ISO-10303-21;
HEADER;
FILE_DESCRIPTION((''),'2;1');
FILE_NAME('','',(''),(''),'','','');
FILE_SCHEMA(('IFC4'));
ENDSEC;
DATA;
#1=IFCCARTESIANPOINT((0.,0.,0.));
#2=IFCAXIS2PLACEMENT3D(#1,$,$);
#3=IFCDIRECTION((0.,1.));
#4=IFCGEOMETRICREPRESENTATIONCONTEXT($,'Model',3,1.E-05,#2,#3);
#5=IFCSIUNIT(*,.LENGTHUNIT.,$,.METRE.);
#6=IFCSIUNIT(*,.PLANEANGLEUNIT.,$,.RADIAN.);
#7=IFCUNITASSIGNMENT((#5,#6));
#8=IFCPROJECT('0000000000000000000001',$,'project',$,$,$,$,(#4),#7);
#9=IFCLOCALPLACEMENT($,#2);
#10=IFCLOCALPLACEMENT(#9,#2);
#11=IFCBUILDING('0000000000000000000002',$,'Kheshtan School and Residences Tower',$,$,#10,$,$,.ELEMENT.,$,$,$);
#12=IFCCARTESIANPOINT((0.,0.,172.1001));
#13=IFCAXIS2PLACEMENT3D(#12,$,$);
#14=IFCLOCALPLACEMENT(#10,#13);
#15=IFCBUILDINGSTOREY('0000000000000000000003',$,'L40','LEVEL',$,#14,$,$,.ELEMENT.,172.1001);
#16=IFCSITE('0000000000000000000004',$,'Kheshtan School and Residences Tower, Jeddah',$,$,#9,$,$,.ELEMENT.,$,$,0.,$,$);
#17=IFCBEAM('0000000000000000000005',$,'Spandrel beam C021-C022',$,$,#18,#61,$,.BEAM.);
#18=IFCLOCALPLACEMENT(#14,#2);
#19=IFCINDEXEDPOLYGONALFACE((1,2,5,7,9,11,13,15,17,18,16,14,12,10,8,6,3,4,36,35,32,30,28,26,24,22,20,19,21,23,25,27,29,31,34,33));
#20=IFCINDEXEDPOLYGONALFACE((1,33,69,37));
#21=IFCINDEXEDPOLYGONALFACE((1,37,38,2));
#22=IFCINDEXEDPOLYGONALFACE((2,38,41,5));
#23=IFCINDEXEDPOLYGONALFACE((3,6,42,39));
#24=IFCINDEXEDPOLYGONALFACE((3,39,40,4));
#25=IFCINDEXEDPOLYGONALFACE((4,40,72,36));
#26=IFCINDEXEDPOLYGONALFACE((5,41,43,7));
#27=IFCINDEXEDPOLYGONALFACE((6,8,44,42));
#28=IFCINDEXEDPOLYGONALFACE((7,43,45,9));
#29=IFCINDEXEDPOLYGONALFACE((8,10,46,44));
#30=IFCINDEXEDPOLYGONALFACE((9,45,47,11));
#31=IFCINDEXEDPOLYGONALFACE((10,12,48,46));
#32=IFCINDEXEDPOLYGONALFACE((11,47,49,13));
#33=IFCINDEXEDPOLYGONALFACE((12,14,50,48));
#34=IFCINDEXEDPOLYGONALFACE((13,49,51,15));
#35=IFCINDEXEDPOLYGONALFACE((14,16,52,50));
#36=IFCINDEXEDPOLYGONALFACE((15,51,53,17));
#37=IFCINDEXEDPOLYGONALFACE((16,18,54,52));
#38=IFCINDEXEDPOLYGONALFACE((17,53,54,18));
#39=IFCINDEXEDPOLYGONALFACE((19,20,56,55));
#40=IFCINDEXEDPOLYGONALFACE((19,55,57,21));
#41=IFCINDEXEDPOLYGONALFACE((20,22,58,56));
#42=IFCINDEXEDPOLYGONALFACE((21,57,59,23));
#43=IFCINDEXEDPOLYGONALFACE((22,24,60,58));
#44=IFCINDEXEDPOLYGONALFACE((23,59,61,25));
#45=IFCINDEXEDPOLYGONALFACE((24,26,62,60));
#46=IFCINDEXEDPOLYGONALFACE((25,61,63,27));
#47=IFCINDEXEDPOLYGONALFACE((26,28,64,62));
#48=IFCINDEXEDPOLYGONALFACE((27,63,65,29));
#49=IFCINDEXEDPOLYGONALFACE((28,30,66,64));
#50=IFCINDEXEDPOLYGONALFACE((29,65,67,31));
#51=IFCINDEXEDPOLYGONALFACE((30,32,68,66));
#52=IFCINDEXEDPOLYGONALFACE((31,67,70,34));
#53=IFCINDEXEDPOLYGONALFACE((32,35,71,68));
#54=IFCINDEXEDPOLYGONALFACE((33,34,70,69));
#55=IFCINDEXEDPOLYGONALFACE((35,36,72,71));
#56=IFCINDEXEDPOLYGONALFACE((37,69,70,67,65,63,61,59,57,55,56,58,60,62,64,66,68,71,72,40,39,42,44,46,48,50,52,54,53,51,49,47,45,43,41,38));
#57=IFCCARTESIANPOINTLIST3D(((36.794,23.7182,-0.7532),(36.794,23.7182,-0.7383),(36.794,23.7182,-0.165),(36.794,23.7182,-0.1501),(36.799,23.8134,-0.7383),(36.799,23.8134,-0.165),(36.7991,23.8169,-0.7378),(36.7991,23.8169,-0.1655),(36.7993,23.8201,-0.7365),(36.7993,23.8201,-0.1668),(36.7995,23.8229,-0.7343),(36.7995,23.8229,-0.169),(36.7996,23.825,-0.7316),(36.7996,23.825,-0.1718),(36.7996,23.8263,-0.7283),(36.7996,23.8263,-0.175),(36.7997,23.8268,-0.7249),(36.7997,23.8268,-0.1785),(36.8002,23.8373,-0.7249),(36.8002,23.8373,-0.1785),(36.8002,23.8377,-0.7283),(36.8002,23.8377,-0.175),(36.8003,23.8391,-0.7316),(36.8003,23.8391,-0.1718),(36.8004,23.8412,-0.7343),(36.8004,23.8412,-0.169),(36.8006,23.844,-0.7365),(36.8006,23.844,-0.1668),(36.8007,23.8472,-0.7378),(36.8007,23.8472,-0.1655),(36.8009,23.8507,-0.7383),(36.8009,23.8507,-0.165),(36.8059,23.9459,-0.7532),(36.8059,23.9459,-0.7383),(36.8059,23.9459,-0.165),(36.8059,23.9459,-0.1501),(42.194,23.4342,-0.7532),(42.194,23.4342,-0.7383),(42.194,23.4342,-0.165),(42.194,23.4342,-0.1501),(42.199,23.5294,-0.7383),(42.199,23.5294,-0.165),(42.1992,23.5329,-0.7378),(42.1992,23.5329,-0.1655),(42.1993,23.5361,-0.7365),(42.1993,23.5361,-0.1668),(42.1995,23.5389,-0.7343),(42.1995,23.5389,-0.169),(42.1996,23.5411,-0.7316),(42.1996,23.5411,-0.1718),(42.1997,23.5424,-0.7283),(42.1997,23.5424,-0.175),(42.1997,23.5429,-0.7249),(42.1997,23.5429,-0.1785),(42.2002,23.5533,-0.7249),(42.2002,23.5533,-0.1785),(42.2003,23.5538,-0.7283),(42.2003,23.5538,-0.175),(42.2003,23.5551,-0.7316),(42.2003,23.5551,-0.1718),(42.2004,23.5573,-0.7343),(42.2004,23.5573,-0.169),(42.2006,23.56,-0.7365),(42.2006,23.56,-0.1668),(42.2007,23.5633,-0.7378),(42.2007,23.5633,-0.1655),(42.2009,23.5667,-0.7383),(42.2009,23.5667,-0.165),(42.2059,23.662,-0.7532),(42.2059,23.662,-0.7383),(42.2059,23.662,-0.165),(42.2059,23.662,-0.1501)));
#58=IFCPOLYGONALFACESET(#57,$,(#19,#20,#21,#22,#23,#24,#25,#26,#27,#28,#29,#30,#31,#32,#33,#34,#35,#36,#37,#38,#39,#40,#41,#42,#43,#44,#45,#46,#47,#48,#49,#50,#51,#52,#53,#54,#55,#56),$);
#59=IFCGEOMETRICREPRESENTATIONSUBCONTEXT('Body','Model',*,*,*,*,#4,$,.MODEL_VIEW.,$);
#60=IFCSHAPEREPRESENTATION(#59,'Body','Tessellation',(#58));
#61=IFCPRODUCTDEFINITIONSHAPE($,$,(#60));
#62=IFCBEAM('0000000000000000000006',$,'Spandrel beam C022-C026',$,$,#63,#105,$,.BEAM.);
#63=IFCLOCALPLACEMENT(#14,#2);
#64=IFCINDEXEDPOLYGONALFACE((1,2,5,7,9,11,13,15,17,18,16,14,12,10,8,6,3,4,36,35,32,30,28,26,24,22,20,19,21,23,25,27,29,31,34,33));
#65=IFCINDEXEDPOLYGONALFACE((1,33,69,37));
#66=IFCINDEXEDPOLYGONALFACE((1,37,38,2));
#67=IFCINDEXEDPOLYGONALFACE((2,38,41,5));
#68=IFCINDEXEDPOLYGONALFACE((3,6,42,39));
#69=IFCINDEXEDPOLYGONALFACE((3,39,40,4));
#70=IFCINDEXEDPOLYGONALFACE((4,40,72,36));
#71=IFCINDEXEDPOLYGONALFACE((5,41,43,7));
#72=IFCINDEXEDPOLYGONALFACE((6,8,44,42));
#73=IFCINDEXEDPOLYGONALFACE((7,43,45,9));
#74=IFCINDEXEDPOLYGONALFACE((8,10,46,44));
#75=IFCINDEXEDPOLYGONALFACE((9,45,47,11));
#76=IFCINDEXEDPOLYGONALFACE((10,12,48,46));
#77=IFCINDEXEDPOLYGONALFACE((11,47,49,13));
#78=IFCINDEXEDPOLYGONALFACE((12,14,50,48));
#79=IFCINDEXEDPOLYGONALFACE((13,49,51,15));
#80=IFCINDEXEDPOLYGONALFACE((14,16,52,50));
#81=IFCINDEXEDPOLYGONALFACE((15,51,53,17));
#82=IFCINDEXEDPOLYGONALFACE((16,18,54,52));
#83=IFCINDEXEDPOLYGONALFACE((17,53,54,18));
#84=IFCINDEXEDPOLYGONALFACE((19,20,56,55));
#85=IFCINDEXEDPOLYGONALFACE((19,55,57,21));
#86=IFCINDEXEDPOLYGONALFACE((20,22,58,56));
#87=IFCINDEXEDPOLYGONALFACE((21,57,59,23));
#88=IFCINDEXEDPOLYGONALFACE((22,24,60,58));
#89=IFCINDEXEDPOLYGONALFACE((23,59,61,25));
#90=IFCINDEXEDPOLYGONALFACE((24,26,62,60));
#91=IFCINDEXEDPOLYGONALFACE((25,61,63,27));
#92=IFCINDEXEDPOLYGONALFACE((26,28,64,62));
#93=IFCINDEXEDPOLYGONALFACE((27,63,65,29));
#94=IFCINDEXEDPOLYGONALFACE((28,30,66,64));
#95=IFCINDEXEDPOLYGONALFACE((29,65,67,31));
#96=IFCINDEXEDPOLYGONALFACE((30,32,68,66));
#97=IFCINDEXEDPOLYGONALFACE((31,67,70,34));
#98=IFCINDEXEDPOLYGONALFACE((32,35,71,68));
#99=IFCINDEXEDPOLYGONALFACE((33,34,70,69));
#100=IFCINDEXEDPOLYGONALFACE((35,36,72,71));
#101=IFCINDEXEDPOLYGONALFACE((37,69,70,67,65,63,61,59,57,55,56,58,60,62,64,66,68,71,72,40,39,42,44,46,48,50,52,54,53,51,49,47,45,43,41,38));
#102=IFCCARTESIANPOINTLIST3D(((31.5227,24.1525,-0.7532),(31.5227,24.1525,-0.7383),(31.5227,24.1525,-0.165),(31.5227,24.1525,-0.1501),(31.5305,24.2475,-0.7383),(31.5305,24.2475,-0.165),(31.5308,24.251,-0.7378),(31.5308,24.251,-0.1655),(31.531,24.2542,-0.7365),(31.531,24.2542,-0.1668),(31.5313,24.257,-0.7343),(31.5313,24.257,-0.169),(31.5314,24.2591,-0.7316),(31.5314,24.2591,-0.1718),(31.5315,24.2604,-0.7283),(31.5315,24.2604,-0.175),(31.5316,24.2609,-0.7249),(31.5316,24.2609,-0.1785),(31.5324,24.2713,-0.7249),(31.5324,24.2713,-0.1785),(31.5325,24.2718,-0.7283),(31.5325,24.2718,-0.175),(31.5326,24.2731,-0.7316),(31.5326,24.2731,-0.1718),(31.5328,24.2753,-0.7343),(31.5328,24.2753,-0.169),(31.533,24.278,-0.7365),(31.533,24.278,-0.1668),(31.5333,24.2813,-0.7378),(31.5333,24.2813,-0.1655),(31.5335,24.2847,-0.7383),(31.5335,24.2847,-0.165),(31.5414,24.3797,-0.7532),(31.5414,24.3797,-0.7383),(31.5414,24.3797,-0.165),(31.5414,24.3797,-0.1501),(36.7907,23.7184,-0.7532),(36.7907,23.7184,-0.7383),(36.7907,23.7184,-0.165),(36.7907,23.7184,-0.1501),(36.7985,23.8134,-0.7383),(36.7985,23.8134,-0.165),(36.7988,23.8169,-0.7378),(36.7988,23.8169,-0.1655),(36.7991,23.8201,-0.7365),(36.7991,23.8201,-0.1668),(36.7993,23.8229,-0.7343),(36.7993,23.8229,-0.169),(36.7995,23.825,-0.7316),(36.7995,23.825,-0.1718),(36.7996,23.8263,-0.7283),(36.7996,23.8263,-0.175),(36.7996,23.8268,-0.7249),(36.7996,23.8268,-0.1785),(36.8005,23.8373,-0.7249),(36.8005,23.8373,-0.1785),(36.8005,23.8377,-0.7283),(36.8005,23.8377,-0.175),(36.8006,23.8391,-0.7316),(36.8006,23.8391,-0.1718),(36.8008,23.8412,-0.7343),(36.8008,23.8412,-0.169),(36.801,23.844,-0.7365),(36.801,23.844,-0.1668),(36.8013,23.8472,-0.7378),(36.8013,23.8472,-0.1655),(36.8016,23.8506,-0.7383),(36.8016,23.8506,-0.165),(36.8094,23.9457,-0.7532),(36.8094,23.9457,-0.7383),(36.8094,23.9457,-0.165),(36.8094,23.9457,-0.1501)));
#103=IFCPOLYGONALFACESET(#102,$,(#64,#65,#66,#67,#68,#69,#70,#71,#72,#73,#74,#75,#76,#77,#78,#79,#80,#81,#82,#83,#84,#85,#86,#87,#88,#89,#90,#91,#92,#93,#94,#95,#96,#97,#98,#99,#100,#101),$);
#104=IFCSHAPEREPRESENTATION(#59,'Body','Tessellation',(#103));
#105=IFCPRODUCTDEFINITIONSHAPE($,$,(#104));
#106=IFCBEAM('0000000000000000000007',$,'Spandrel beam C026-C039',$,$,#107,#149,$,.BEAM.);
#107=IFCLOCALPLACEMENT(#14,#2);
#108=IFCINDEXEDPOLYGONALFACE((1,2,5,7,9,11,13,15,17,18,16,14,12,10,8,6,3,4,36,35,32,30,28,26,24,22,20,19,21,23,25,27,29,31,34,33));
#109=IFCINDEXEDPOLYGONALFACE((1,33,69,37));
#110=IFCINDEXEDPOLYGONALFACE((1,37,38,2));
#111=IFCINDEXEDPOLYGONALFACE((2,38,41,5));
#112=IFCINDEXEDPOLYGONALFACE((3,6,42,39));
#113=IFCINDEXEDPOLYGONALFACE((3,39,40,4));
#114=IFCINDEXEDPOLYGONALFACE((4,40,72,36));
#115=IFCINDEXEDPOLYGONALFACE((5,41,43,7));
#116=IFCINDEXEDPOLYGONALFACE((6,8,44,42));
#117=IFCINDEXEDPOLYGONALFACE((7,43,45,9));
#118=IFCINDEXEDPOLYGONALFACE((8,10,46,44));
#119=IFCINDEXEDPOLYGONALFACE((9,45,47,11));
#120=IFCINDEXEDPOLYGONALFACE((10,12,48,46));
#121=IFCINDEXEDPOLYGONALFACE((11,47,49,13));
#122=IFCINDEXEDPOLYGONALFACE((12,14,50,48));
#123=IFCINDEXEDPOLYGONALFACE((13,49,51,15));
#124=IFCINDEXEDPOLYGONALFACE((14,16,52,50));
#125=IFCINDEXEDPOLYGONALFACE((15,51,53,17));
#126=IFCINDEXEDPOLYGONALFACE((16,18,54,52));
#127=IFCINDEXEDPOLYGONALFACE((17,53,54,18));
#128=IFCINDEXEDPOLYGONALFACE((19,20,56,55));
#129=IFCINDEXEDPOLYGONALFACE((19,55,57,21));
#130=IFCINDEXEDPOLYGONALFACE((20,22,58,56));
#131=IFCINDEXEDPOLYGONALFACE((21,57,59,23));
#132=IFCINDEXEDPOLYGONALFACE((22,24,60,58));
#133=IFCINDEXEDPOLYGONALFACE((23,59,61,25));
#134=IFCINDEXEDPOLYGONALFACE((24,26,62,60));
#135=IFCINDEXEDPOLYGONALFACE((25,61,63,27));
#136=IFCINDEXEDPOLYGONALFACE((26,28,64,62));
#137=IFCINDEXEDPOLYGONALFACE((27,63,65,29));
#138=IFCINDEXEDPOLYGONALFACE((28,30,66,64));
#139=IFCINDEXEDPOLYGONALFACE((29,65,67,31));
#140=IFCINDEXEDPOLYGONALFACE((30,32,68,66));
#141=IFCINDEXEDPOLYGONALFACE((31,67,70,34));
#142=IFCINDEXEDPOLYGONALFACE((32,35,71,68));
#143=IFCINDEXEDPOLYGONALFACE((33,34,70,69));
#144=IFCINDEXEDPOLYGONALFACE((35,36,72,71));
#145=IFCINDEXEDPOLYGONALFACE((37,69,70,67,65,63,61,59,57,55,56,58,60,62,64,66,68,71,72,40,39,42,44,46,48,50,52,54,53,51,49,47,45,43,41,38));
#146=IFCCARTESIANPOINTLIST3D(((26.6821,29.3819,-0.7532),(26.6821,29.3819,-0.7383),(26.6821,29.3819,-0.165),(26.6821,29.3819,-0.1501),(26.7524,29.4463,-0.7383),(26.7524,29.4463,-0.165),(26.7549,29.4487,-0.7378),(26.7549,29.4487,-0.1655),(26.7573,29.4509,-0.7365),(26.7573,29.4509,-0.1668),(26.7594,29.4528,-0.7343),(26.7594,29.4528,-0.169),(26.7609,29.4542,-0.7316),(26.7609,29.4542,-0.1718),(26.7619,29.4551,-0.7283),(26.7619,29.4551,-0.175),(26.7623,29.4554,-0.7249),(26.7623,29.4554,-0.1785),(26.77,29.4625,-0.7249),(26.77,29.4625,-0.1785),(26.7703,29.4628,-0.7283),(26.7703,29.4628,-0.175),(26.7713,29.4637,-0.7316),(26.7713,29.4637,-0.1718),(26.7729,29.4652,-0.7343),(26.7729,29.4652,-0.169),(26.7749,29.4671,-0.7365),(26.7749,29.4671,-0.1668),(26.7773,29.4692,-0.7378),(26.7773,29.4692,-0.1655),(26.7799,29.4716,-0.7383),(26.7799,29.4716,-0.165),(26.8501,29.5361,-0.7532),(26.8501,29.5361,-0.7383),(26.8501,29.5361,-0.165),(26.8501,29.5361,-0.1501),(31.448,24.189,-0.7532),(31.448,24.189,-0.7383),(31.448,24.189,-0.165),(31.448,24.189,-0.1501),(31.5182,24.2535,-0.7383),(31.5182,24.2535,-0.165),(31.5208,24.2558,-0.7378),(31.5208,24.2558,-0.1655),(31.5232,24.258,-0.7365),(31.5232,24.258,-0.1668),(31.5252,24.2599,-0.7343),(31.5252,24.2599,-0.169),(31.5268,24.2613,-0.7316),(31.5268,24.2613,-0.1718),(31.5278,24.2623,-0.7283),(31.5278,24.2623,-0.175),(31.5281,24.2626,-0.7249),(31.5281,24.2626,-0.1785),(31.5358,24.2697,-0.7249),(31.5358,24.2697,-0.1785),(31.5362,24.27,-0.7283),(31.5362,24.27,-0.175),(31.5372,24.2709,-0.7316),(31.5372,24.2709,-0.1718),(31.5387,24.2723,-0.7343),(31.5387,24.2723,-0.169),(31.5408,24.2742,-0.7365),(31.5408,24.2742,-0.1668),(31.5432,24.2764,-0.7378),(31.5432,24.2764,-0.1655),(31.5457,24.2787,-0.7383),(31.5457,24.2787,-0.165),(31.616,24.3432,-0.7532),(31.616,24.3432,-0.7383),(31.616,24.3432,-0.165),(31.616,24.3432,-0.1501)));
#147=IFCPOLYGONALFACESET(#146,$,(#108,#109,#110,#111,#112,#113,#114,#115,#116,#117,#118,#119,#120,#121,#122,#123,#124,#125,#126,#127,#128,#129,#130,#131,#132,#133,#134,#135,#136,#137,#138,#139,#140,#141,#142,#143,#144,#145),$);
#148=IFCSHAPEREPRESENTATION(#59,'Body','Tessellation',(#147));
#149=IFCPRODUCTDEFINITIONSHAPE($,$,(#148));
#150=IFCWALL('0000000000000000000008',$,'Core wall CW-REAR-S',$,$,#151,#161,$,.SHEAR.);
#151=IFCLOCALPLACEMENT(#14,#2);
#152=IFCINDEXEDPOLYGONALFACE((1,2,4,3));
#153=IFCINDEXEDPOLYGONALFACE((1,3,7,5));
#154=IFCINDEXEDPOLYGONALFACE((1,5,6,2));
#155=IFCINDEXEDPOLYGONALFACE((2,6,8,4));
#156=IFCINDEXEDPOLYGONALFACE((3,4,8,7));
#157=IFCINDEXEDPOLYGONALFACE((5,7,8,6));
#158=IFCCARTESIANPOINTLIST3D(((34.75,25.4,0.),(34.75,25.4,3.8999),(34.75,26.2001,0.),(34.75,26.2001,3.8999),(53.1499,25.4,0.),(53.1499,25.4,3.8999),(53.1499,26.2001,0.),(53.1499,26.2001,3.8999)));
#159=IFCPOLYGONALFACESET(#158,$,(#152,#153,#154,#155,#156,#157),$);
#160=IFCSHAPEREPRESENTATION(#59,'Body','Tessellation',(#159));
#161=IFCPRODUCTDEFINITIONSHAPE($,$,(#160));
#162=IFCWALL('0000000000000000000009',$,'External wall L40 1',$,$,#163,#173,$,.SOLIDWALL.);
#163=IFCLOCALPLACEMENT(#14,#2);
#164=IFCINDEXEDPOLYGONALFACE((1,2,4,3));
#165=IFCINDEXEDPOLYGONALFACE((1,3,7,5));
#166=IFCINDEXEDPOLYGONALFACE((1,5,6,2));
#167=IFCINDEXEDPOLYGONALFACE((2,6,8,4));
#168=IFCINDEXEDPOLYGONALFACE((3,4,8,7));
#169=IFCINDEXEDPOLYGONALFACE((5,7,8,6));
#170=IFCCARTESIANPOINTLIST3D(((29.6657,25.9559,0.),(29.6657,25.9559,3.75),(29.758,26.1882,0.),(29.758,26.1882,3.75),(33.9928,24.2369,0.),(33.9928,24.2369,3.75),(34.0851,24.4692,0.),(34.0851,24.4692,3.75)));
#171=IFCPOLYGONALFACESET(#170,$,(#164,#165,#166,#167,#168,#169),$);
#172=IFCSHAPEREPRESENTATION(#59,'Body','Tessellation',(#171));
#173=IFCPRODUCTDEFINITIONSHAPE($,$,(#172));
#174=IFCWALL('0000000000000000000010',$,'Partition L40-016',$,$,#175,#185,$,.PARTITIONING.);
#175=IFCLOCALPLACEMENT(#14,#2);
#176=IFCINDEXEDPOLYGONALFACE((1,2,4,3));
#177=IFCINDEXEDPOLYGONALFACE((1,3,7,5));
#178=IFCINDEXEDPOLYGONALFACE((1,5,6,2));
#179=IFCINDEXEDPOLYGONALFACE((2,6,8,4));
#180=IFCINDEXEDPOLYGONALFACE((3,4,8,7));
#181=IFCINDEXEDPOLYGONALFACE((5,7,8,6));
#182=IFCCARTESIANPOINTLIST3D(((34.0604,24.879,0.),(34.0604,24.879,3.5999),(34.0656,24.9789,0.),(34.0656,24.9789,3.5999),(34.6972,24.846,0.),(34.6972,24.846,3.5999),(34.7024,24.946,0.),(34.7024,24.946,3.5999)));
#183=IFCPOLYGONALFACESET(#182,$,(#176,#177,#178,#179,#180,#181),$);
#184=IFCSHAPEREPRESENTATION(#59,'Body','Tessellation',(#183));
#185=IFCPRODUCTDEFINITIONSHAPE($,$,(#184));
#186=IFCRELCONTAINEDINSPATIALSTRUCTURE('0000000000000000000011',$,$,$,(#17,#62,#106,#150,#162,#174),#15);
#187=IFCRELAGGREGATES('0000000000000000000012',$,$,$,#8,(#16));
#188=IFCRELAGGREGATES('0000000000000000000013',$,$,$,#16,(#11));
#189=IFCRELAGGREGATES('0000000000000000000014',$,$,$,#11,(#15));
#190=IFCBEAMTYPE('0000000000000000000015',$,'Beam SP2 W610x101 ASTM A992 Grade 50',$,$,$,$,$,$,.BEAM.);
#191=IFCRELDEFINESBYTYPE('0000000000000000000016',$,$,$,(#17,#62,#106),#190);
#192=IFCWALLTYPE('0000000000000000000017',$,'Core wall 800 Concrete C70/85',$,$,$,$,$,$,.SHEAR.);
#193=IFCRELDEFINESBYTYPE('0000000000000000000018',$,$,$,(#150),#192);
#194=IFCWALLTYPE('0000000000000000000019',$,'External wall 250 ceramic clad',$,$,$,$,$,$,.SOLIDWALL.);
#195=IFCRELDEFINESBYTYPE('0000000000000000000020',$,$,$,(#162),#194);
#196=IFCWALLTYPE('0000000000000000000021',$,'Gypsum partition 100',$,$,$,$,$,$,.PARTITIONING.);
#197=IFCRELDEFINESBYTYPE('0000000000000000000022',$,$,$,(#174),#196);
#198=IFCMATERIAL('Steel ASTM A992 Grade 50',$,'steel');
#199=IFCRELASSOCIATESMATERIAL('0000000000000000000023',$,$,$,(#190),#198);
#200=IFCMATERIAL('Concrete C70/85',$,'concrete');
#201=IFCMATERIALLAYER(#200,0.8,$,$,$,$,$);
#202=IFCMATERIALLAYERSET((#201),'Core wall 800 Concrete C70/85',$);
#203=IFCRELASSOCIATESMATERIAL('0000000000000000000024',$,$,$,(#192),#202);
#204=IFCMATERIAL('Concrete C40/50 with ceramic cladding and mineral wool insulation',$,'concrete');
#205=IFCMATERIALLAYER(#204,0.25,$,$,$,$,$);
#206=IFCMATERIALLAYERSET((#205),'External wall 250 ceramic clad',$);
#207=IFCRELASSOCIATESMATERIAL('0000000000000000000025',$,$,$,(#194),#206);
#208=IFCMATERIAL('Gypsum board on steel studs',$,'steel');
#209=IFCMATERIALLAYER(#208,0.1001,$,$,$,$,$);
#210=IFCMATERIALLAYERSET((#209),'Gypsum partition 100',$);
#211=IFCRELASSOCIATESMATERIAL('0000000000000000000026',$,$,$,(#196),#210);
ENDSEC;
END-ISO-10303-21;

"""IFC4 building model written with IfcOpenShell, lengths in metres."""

from ifc_helpers import new_model, si_unit, direction, frame, frame_2d, origin, origin_2d, place, context, subcontext, project, spatial, rectangle, i_section, extrude, material, layer, layer_set, material_profile, profile_set, type_object, element, save


model = new_model("IFC4")

# Units and contexts
model_context = context("Model", 3, precision=1e-05, world=origin(), true_north=direction((0.0, 1.0)))
body_context = subcontext(model_context, "Body", "Model", "MODEL_VIEW")
ifc_project = project(units=[si_unit("LENGTHUNIT", "METRE"), si_unit("PLANEANGLEUNIT", "RADIAN")], contexts=[model_context])

# Site, building, storey
site_placement = place(None, origin())
site = spatial("IfcSite", under=ifc_project, at=site_placement, Name="Kheshtan School and Residences Tower, Jeddah", CompositionType="ELEMENT", RefElevation=0.0)
building_placement = place(site_placement, origin())
building = spatial("IfcBuilding", under=site, at=building_placement, Name="Kheshtan School and Residences Tower", CompositionType="ELEMENT")
storey_placement = place(building_placement, frame((0.0, 0.0, 172.1001)))
storey = spatial("IfcBuildingStorey", under=building, at=storey_placement, Name="L40", Description="LEVEL", CompositionType="ELEMENT", Elevation=172.1001)

# Shared definitions
ifc_material_1 = material(Name="Steel ASTM A992 Grade 50", Category="steel")

# Beams
ifc_material_profile_1 = material_profile(ifc_material_1, i_section(OverallWidth=0.228, OverallDepth=0.603, WebThickness=0.0105, FlangeThickness=0.0149, FilletRadius=0.0134, at=origin_2d()), Name="W610x101")
ifc_profile_set_1 = profile_set([ifc_material_profile_1], Name="Steel ASTM A992 Grade 50")
beam_type_1 = type_object("IfcBeamType", Name="Beam SP2 W610x101 ASTM A992 Grade 50", PredefinedType="BEAM", material=ifc_profile_set_1)
beam_1_placement = place(storey_placement, frame((42.2, 23.5481, -0.4517), z_axis=(-0.99862, 0.052509, 0.0), x_axis=(-0.052509, -0.99862, 0.0)))
element("IfcBeam", 1, at=beam_1_placement, inside=storey, type_object=beam_type_1, Name="Spandrel beam C021-C022", PredefinedType="BEAM", context=body_context, shape_type="SweptSolid", body=[
    extrude(i_section(OverallWidth=0.228, OverallDepth=0.603, WebThickness=0.0105, FlangeThickness=0.0149, FilletRadius=0.0134, at=origin_2d()), origin(), (0.0, 0.0, 1.0), 5.4075),
])
beam_2_placement = place(storey_placement, frame((36.8, 23.832, -0.4517), z_axis=(-0.996622, 0.08212, 0.0), x_axis=(-0.08212, -0.996622, 0.0)))
element("IfcBeam", 2, at=beam_2_placement, inside=storey, type_object=beam_type_1, Name="Spandrel beam C022-C026", PredefinedType="BEAM", context=body_context, shape_type="SweptSolid", body=[
    extrude(i_section(OverallWidth=0.228, OverallDepth=0.603, WebThickness=0.0105, FlangeThickness=0.0149, FilletRadius=0.0134, at=origin_2d()), origin(), (0.0, 0.0, 1.0), 5.2859),
])
beam_3_placement = place(storey_placement, frame((31.532, 24.2661, -0.4517), z_axis=(-0.676167, 0.736749, 0.0), x_axis=(-0.736749, -0.676167, 0.0)))
element("IfcBeam", 3, at=beam_3_placement, inside=storey, type_object=beam_type_1, Name="Spandrel beam C026-C039", PredefinedType="BEAM", context=body_context, shape_type="SweptSolid", body=[
    extrude(i_section(OverallWidth=0.228, OverallDepth=0.603, WebThickness=0.0105, FlangeThickness=0.0149, FilletRadius=0.0134, at=origin_2d()), origin(), (0.0, 0.0, 1.0), 7.0483),
])

# Walls
ifc_material_2 = material(Name="Concrete C70/85", Category="concrete")
ifc_layer_1 = layer(ifc_material_2, 0.8)
ifc_layer_set_1 = layer_set([ifc_layer_1], Name="Core wall 800 Concrete C70/85")
wall_type_1 = type_object("IfcWallType", Name="Core wall 800 Concrete C70/85", PredefinedType="SHEAR", material=ifc_layer_set_1)
wall_1_placement = place(storey_placement, frame((34.75, 25.8, 0.0), z_axis=(0.0, 0.0, 1.0), x_axis=(1.0, 0.0, 0.0)))
element("IfcWall", 4, at=wall_1_placement, inside=storey, type_object=wall_type_1, Name="Core wall CW-REAR-S", PredefinedType="SHEAR", context=body_context, shape_type="SweptSolid", body=[
    extrude(rectangle(XDim=18.3999, YDim=0.8, at=frame_2d((9.2, 0.0))), origin(), (0.0, 0.0, 1.0), 3.8999),
])
ifc_material_3 = material(Name="Concrete C40/50 with ceramic cladding and mineral wool insulation", Category="concrete")
ifc_layer_2 = layer(ifc_material_3, 0.25)
ifc_layer_set_2 = layer_set([ifc_layer_2], Name="External wall 250 ceramic clad")
wall_type_2 = type_object("IfcWallType", Name="External wall 250 ceramic clad", PredefinedType="SOLIDWALL", material=ifc_layer_set_2)
wall_2_placement = place(storey_placement, frame((34.0391, 24.353, 0.0), z_axis=(0.0, 0.0, 1.0), x_axis=(-0.929353, 0.369193, 0.0)))
element("IfcWall", 5, at=wall_2_placement, inside=storey, type_object=wall_type_2, Name="External wall L40 1", PredefinedType="SOLIDWALL", context=body_context, shape_type="SweptSolid", body=[
    extrude(rectangle(XDim=4.656, YDim=0.25, at=frame_2d((2.3281, 0.0))), origin(), (0.0, 0.0, 1.0), 3.75),
])
ifc_material_4 = material(Name="Gypsum board on steel studs", Category="steel")
ifc_layer_3 = layer(ifc_material_4, 0.1001)
ifc_layer_set_3 = layer_set([ifc_layer_3], Name="Gypsum partition 100")
wall_type_3 = type_object("IfcWallType", Name="Gypsum partition 100", PredefinedType="PARTITIONING", material=ifc_layer_set_3)
wall_3_placement = place(storey_placement, frame((34.063, 24.929, 0.0), z_axis=(0.0, 0.0, 1.0), x_axis=(0.998664, -0.051675, 0.0)))
element("IfcWall", 6, at=wall_3_placement, inside=storey, type_object=wall_type_3, Name="Partition L40-016", PredefinedType="PARTITIONING", context=body_context, shape_type="SweptSolid", body=[
    extrude(rectangle(XDim=0.6377, YDim=0.1001, at=frame_2d((0.3188, 0.0))), origin(), (0.0, 0.0, 1.0), 3.5999),
])

save(model, "model.ifc")
